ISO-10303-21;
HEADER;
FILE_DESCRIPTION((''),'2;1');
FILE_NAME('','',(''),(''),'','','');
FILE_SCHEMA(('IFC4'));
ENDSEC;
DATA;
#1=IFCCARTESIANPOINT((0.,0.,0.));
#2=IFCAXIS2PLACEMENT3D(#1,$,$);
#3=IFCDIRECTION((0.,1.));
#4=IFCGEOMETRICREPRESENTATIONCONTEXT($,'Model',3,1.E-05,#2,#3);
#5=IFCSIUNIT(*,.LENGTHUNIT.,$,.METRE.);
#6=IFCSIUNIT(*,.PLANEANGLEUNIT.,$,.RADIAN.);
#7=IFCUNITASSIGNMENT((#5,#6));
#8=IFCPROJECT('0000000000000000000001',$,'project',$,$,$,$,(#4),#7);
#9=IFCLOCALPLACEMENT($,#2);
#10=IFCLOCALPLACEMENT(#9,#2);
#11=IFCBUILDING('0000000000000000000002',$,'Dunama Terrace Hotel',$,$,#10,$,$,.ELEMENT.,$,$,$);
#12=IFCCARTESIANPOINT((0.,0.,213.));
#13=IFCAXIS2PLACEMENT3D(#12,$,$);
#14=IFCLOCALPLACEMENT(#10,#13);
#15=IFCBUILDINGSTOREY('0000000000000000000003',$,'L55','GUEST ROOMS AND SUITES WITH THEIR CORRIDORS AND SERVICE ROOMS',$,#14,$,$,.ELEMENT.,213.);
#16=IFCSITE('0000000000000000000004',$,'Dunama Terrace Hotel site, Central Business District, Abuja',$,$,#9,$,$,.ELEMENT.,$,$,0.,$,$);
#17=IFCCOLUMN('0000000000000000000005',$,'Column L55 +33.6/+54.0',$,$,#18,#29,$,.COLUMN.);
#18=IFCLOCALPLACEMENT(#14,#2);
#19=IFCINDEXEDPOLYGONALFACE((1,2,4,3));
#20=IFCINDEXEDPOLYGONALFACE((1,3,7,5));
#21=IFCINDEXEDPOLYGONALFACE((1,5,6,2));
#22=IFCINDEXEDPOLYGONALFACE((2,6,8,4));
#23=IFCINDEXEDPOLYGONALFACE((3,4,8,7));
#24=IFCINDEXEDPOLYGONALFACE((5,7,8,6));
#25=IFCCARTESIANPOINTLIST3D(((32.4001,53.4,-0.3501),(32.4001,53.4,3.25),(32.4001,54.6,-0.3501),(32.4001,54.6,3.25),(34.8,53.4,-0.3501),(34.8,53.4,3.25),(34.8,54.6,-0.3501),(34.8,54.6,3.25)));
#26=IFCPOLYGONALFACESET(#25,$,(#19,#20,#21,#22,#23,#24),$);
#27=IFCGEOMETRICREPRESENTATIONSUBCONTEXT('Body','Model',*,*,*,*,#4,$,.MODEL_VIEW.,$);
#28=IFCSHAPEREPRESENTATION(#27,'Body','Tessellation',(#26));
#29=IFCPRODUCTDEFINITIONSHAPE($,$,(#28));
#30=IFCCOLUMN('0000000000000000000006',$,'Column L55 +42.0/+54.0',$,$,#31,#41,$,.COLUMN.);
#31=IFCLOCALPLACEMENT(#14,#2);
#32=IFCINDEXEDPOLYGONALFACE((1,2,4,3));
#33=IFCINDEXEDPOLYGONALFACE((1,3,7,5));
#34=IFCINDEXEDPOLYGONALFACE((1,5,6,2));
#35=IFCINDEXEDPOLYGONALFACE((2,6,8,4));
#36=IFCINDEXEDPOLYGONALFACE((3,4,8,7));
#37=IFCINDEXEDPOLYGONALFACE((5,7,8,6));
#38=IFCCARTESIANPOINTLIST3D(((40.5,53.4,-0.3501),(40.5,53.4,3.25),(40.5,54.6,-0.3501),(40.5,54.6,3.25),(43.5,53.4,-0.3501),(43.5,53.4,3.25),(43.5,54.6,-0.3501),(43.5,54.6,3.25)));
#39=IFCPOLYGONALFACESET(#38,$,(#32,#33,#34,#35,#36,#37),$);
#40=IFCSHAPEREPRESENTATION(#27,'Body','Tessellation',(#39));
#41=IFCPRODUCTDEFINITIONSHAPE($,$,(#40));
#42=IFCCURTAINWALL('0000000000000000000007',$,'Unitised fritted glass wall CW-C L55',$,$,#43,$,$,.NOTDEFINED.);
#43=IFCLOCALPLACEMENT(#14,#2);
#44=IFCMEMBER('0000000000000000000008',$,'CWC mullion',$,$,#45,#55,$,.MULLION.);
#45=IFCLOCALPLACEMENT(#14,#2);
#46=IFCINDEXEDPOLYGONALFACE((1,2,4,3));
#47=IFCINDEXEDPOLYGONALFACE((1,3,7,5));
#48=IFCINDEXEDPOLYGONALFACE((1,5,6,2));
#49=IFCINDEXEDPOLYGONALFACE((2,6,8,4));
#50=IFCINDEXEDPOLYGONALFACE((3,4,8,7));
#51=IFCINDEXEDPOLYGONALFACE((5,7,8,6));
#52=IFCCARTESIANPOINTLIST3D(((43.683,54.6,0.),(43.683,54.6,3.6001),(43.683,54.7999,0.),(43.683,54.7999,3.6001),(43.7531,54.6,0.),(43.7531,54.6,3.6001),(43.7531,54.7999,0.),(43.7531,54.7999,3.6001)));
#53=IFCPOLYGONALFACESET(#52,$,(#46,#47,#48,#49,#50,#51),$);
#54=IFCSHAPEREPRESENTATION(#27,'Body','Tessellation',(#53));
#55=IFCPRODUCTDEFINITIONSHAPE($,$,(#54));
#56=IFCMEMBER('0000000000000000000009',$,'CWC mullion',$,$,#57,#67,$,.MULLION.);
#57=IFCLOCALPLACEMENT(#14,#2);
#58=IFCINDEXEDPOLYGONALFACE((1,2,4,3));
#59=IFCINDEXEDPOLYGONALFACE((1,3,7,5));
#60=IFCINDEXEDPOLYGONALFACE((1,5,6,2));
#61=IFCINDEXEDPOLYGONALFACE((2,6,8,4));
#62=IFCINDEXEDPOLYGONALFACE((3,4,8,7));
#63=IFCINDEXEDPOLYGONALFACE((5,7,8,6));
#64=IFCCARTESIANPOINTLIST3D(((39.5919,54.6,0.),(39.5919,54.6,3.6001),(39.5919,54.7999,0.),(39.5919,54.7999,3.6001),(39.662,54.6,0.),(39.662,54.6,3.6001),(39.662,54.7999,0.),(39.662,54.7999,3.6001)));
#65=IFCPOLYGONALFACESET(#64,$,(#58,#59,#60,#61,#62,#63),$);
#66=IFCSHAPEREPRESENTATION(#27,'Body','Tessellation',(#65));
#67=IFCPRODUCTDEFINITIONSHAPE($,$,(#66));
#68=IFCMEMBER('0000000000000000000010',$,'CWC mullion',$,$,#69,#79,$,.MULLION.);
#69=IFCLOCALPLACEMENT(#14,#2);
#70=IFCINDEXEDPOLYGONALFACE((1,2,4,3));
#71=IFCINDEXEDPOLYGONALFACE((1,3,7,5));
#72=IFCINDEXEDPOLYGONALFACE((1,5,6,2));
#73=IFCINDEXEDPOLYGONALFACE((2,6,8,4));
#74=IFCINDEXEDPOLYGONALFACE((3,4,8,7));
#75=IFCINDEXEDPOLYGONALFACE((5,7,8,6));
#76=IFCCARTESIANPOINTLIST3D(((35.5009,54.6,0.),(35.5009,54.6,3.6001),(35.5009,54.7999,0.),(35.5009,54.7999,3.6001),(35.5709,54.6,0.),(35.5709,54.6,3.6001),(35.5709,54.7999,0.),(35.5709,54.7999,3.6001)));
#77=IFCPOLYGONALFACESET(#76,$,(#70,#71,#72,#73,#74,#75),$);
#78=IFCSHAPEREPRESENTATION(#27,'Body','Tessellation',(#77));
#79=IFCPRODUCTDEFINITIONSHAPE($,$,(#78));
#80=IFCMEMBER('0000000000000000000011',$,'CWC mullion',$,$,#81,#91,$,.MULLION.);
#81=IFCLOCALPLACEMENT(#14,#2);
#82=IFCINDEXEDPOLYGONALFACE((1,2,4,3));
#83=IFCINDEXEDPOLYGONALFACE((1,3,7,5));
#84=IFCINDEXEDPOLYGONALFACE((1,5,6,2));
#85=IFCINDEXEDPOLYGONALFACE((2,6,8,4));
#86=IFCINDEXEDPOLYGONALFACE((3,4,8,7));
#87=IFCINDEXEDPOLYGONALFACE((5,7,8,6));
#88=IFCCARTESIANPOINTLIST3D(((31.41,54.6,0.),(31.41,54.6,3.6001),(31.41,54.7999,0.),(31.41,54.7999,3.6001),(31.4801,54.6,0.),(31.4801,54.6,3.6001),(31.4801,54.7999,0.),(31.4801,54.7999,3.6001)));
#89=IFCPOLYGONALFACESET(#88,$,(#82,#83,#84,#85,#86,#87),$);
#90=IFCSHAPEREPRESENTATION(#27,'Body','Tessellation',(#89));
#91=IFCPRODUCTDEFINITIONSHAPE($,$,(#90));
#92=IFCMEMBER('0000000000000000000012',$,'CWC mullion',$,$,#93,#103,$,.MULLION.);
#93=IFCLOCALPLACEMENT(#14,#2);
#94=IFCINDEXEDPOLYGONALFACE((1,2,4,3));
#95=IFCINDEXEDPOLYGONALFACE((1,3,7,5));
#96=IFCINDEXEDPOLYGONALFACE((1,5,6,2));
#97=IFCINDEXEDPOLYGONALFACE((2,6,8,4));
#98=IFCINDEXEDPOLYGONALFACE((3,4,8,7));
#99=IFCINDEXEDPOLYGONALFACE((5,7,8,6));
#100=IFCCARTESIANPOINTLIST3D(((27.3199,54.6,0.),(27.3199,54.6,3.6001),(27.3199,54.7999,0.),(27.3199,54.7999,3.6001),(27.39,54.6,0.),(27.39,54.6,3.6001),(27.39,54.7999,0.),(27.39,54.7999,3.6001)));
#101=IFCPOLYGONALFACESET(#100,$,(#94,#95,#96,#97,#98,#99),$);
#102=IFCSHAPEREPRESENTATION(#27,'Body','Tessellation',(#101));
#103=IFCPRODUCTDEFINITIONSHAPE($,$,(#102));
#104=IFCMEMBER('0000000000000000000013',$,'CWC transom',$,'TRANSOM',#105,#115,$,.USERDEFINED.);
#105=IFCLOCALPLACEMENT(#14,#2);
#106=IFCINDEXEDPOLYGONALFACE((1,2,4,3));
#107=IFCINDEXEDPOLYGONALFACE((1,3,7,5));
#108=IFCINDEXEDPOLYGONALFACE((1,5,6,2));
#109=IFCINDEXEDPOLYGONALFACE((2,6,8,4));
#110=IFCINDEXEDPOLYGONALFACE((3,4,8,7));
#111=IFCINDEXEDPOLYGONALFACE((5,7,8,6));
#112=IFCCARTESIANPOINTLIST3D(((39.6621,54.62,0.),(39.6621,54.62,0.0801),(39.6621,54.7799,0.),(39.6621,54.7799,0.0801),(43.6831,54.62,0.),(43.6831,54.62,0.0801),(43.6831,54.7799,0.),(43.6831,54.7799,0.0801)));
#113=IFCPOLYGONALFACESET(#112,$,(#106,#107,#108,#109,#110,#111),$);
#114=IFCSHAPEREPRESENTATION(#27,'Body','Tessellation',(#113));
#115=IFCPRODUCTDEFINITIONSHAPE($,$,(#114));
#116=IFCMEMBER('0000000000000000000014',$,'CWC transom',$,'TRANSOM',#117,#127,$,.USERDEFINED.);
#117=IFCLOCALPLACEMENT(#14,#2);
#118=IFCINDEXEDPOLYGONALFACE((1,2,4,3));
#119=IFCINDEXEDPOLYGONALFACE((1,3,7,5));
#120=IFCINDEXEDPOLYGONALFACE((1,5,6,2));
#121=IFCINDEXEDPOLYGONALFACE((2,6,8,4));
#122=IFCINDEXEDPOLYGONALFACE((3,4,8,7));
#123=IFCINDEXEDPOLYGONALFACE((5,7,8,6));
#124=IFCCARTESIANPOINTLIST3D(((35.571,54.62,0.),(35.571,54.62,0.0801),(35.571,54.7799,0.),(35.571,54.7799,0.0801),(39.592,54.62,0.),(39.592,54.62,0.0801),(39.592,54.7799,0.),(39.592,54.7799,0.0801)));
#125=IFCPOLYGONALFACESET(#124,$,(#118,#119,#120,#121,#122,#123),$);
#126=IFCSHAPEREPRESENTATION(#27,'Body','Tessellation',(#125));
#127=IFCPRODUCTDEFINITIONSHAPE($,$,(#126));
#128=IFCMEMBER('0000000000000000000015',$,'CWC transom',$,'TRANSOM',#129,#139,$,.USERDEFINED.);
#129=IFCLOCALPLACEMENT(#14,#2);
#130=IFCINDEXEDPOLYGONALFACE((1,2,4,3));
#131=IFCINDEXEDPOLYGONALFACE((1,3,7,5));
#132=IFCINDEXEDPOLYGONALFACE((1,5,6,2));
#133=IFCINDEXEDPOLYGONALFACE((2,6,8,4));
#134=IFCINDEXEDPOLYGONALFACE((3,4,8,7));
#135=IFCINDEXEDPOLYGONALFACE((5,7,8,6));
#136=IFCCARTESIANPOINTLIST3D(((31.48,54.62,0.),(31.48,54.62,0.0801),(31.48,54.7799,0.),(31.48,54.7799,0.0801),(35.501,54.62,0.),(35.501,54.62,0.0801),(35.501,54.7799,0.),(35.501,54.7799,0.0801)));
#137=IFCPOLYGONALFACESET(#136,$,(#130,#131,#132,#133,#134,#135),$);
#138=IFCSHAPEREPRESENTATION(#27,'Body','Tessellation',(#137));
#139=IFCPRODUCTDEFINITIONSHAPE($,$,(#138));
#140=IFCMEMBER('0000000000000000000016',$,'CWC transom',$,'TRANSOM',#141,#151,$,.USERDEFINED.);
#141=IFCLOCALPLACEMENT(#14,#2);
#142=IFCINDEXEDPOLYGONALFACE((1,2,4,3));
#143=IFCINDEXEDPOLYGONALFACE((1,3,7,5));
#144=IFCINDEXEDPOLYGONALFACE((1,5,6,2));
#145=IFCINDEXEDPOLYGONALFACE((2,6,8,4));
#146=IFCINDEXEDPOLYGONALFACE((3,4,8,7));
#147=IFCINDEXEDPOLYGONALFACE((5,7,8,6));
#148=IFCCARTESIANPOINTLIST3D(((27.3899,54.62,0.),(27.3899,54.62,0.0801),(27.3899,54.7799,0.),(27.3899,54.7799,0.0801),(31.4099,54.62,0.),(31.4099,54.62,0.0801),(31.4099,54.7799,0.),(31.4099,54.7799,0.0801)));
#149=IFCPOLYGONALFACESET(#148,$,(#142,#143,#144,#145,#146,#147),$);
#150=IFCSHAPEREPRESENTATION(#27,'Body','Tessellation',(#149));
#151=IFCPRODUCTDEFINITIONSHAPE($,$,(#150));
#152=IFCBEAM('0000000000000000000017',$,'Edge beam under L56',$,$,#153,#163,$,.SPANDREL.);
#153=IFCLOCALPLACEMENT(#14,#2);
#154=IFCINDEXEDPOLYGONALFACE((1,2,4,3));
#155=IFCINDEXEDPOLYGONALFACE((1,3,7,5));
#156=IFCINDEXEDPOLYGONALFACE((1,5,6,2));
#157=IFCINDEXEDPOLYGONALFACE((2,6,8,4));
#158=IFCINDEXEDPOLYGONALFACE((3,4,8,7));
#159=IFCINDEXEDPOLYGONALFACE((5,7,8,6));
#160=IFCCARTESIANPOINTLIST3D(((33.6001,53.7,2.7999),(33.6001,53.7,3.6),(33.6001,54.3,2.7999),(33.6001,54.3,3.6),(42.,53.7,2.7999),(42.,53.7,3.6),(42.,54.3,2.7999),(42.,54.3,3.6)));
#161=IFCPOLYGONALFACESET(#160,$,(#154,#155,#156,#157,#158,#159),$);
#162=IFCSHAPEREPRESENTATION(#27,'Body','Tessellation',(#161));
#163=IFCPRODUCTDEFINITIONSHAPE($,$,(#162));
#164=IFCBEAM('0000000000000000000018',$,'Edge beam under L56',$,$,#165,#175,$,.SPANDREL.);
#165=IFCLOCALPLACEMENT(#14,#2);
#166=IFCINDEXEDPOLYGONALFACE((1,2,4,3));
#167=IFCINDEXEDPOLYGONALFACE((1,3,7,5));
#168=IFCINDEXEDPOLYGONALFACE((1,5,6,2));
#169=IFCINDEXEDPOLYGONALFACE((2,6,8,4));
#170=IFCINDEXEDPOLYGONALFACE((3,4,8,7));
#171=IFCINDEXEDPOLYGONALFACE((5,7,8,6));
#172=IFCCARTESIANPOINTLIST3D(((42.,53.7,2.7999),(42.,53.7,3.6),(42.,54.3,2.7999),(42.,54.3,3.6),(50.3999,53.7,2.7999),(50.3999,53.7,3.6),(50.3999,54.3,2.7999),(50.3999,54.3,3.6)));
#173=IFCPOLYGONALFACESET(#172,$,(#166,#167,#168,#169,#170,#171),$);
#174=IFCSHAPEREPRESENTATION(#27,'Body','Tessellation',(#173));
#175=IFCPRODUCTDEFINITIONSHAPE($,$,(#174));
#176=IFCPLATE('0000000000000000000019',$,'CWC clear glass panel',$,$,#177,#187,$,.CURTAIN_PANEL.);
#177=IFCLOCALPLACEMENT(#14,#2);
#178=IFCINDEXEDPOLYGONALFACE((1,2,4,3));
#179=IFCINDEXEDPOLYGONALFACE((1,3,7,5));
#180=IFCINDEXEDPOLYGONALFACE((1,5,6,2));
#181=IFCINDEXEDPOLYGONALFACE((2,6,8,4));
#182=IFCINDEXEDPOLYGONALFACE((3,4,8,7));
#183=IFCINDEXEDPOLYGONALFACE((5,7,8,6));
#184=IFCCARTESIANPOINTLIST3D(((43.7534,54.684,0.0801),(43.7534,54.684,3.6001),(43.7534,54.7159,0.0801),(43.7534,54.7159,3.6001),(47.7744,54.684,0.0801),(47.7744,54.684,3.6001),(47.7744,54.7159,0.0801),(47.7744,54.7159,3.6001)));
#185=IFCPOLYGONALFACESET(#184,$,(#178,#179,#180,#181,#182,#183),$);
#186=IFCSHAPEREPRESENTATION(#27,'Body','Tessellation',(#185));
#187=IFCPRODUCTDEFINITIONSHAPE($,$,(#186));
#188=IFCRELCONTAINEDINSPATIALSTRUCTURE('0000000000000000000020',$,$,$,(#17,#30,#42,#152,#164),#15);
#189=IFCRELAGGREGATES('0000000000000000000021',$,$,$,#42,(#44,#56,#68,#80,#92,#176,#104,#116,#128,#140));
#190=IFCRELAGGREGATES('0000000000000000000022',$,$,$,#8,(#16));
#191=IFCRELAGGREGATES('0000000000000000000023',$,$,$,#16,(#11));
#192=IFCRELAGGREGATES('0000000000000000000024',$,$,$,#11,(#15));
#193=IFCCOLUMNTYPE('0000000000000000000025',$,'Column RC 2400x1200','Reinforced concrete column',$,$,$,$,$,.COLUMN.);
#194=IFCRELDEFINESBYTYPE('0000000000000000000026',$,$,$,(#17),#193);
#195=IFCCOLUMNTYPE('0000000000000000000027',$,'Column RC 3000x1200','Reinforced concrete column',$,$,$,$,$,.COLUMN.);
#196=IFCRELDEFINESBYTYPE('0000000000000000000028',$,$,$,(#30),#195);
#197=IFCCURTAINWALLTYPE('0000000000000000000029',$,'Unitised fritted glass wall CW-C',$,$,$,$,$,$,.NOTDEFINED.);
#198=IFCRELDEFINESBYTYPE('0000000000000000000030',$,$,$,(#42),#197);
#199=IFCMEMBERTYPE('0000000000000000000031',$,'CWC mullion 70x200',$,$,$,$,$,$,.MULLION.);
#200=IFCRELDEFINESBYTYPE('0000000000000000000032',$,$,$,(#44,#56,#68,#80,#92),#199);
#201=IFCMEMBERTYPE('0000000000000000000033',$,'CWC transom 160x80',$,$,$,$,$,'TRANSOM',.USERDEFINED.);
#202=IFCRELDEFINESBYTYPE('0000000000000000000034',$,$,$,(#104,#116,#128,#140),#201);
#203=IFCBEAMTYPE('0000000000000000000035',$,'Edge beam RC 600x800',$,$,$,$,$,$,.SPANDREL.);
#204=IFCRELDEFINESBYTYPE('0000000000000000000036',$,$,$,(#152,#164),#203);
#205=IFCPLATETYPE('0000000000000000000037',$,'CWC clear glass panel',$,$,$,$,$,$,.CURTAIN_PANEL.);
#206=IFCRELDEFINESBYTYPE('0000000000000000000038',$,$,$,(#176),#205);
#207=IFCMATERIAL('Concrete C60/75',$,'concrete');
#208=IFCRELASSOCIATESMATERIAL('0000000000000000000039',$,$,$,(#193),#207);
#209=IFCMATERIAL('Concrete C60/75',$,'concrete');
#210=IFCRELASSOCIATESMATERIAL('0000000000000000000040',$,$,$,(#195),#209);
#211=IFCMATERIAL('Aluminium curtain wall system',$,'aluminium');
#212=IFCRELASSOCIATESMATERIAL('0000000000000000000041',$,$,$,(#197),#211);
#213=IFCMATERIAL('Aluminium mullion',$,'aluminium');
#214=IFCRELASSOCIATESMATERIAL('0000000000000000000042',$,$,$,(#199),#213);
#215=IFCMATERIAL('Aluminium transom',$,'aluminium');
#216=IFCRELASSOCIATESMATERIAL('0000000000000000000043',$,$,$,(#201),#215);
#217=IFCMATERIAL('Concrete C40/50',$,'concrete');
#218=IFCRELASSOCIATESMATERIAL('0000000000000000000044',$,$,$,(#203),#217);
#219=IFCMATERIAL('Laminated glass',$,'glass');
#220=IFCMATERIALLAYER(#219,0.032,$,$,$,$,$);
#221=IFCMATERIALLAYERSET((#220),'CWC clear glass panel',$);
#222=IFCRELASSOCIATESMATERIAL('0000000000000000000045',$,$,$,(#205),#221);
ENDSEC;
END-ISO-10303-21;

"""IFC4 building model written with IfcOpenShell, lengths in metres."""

from ifc_helpers import new_model, si_unit, direction, frame, origin, origin_2d, place, context, subcontext, project, spatial, rectangle, extrude, material, layer, layer_set, material_profile, profile_set, type_object, element, aggregate, save


model = new_model("IFC4")

# Units and contexts
model_context = context("Model", 3, precision=1e-05, world=origin(), true_north=direction((0.0, 1.0)))
body_context = subcontext(model_context, "Body", "Model", "MODEL_VIEW")
ifc_project = project(units=[si_unit("LENGTHUNIT", "METRE"), si_unit("PLANEANGLEUNIT", "RADIAN")], contexts=[model_context])

# Site, building, storey
site_placement = place(None, origin())
site = spatial("IfcSite", under=ifc_project, at=site_placement, Name="Dunama Terrace Hotel site, Central Business District, Abuja", CompositionType="ELEMENT", RefElevation=0.0)
building_placement = place(site_placement, origin())
building = spatial("IfcBuilding", under=site, at=building_placement, Name="Dunama Terrace Hotel", CompositionType="ELEMENT")
storey_placement = place(building_placement, frame((0.0, 0.0, 213.0)))
storey = spatial("IfcBuildingStorey", under=building, at=storey_placement, Name="L55", Description="GUEST ROOMS AND SUITES WITH THEIR CORRIDORS AND SERVICE ROOMS", CompositionType="ELEMENT", Elevation=213.0)

# Columns
ifc_material_1 = material(Name="Concrete C60/75", Category="concrete")
ifc_material_profile_1 = material_profile(ifc_material_1, rectangle(XDim=2.3999, YDim=1.2, at=origin_2d()), Name="RC 2400x1200")
ifc_profile_set_1 = profile_set([ifc_material_profile_1], Name="Concrete C60/75")
column_type_1 = type_object("IfcColumnType", Name="Column RC 2400x1200", Description="Reinforced concrete column", PredefinedType="COLUMN", material=ifc_profile_set_1)
column_1_placement = place(storey_placement, frame((33.6001, 54.0, -0.3501), z_axis=(0.0, 0.0, 1.0), x_axis=(1.0, 0.0, 0.0)))
element("IfcColumn", 1, at=column_1_placement, inside=storey, type_object=column_type_1, Name="Column L55 +33.6/+54.0", PredefinedType="COLUMN", context=body_context, shape_type="SweptSolid", body=[
    extrude(rectangle(XDim=2.3999, YDim=1.2, at=origin_2d()), origin(), (0.0, 0.0, 1.0), 3.6001),
])
ifc_material_2 = material(Name="Concrete C60/75", Category="concrete")
ifc_material_profile_2 = material_profile(ifc_material_2, rectangle(XDim=3.0, YDim=1.2, at=origin_2d()), Name="RC 3000x1200")
ifc_profile_set_2 = profile_set([ifc_material_profile_2], Name="Concrete C60/75")
column_type_2 = type_object("IfcColumnType", Name="Column RC 3000x1200", Description="Reinforced concrete column", PredefinedType="COLUMN", material=ifc_profile_set_2)
column_2_placement = place(storey_placement, frame((42.0, 54.0, -0.3501), z_axis=(0.0, 0.0, 1.0), x_axis=(1.0, 0.0, 0.0)))
element("IfcColumn", 2, at=column_2_placement, inside=storey, type_object=column_type_2, Name="Column L55 +42.0/+54.0", PredefinedType="COLUMN", context=body_context, shape_type="SweptSolid", body=[
    extrude(rectangle(XDim=3.0, YDim=1.2, at=origin_2d()), origin(), (0.0, 0.0, 1.0), 3.6001),
])

# Curtain wall, members
ifc_material_3 = material(Name="Aluminium curtain wall system", Category="aluminium")
curtain_wall_type = type_object("IfcCurtainWallType", Name="Unitised fritted glass wall CW-C", PredefinedType="NOTDEFINED", material=ifc_material_3)
curtain_wall_placement = place(storey_placement, origin())
curtain_wall = element("IfcCurtainWall", 3, at=curtain_wall_placement, inside=storey, type_object=curtain_wall_type, Name="Unitised fritted glass wall CW-C L55", PredefinedType="NOTDEFINED")
ifc_material_4 = material(Name="Aluminium mullion", Category="aluminium")
ifc_material_profile_3 = material_profile(ifc_material_4, rectangle(XDim=0.0701, YDim=0.2, at=origin_2d()), Name="CWC MULLION 70X200")
ifc_profile_set_3 = profile_set([ifc_material_profile_3], Name="Aluminium mullion")
member_type_1 = type_object("IfcMemberType", Name="CWC mullion 70x200", PredefinedType="MULLION", material=ifc_profile_set_3)
member_1_placement = place(storey_placement, frame((43.718, 54.7, 0.0), z_axis=(0.0, 0.0, 1.0), x_axis=(-1.0, 0.0, 0.0)))
member_1 = element("IfcMember", 4, at=member_1_placement, type_object=member_type_1, Name="CWC mullion", PredefinedType="MULLION", context=body_context, shape_type="SweptSolid", body=[
    extrude(rectangle(XDim=0.0701, YDim=0.2, at=origin_2d()), origin(), (0.0, 0.0, 1.0), 3.6001),
])
member_2_placement = place(storey_placement, frame((39.627, 54.7, 0.0), z_axis=(0.0, 0.0, 1.0), x_axis=(-1.0, 0.0, 0.0)))
member_2 = element("IfcMember", 5, at=member_2_placement, type_object=member_type_1, Name="CWC mullion", PredefinedType="MULLION", context=body_context, shape_type="SweptSolid", body=[
    extrude(rectangle(XDim=0.0701, YDim=0.2, at=origin_2d()), origin(), (0.0, 0.0, 1.0), 3.6001),
])
member_3_placement = place(storey_placement, frame((35.5359, 54.7, 0.0), z_axis=(0.0, 0.0, 1.0), x_axis=(-1.0, 0.0, 0.0)))
member_3 = element("IfcMember", 6, at=member_3_placement, type_object=member_type_1, Name="CWC mullion", PredefinedType="MULLION", context=body_context, shape_type="SweptSolid", body=[
    extrude(rectangle(XDim=0.0701, YDim=0.2, at=origin_2d()), origin(), (0.0, 0.0, 1.0), 3.6001),
])
member_4_placement = place(storey_placement, frame((31.4451, 54.7, 0.0), z_axis=(0.0, 0.0, 1.0), x_axis=(-1.0, 0.0, 0.0)))
member_4 = element("IfcMember", 7, at=member_4_placement, type_object=member_type_1, Name="CWC mullion", PredefinedType="MULLION", context=body_context, shape_type="SweptSolid", body=[
    extrude(rectangle(XDim=0.0701, YDim=0.2, at=origin_2d()), origin(), (0.0, 0.0, 1.0), 3.6001),
])
member_5_placement = place(storey_placement, frame((27.355, 54.7, 0.0), z_axis=(0.0, 0.0, 1.0), x_axis=(-1.0, 0.0, 0.0)))
member_5 = element("IfcMember", 8, at=member_5_placement, type_object=member_type_1, Name="CWC mullion", PredefinedType="MULLION", context=body_context, shape_type="SweptSolid", body=[
    extrude(rectangle(XDim=0.0701, YDim=0.2, at=origin_2d()), origin(), (0.0, 0.0, 1.0), 3.6001),
])
ifc_material_5 = material(Name="Aluminium transom", Category="aluminium")
ifc_material_profile_4 = material_profile(ifc_material_5, rectangle(XDim=0.1599, YDim=0.0801, at=origin_2d()), Name="CWC TRANSOM 160X80")
ifc_profile_set_4 = profile_set([ifc_material_profile_4], Name="Aluminium transom")
member_type_2 = type_object("IfcMemberType", Name="CWC transom 160x80", ElementType="TRANSOM", PredefinedType="USERDEFINED", material=ifc_profile_set_4)
member_6_placement = place(storey_placement, frame((43.6831, 54.7, 0.04), z_axis=(-1.0, 0.0, 0.0), x_axis=(0.0, -1.0, 0.0)))
member_6 = element("IfcMember", 9, at=member_6_placement, type_object=member_type_2, Name="CWC transom", ObjectType="TRANSOM", PredefinedType="USERDEFINED", context=body_context, shape_type="SweptSolid", body=[
    extrude(rectangle(XDim=0.1599, YDim=0.0801, at=origin_2d()), origin(), (0.0, 0.0, 1.0), 4.021),
])
member_7_placement = place(storey_placement, frame((39.592, 54.7, 0.04), z_axis=(-1.0, 0.0, 0.0), x_axis=(0.0, -1.0, 0.0)))
member_7 = element("IfcMember", 10, at=member_7_placement, type_object=member_type_2, Name="CWC transom", ObjectType="TRANSOM", PredefinedType="USERDEFINED", context=body_context, shape_type="SweptSolid", body=[
    extrude(rectangle(XDim=0.1599, YDim=0.0801, at=origin_2d()), origin(), (0.0, 0.0, 1.0), 4.021),
])
member_8_placement = place(storey_placement, frame((35.501, 54.7, 0.04), z_axis=(-1.0, 0.0, 0.0), x_axis=(0.0, -1.0, 0.0)))
member_8 = element("IfcMember", 11, at=member_8_placement, type_object=member_type_2, Name="CWC transom", ObjectType="TRANSOM", PredefinedType="USERDEFINED", context=body_context, shape_type="SweptSolid", body=[
    extrude(rectangle(XDim=0.1599, YDim=0.0801, at=origin_2d()), origin(), (0.0, 0.0, 1.0), 4.021),
])
member_9_placement = place(storey_placement, frame((31.4099, 54.7, 0.04), z_axis=(-1.0, 0.0, 0.0), x_axis=(0.0, -1.0, 0.0)))
member_9 = element("IfcMember", 12, at=member_9_placement, type_object=member_type_2, Name="CWC transom", ObjectType="TRANSOM", PredefinedType="USERDEFINED", context=body_context, shape_type="SweptSolid", body=[
    extrude(rectangle(XDim=0.1599, YDim=0.0801, at=origin_2d()), origin(), (0.0, 0.0, 1.0), 4.02),
])

# Beams
ifc_material_6 = material(Name="Concrete C40/50", Category="concrete")
ifc_material_profile_5 = material_profile(ifc_material_6, rectangle(XDim=0.6001, YDim=0.8, at=origin_2d()), Name="RC 600x800")
ifc_profile_set_5 = profile_set([ifc_material_profile_5], Name="Concrete C40/50")
beam_type = type_object("IfcBeamType", Name="Edge beam RC 600x800", PredefinedType="SPANDREL", material=ifc_profile_set_5)
for number, where, z_axis, x_axis, name in (
    (13, (33.6001, 54.0, 3.2), (1.0, 0.0, 0.0), (0.0, 1.0, 0.0), "Edge beam under L56"),
    (14, (42.0, 54.0, 3.2), (1.0, 0.0, 0.0), (0.0, 1.0, 0.0), "Edge beam under L56"),
):
    element("IfcBeam", number, at=place(storey_placement, frame(where, z_axis=z_axis, x_axis=x_axis)), inside=storey, type_object=beam_type, Name=name, PredefinedType="SPANDREL", context=body_context, shape_type="SweptSolid", body=[
        extrude(rectangle(XDim=0.6001, YDim=0.8, at=origin_2d()), origin(), (0.0, 0.0, 1.0), 8.3999),
    ])

# Plate
ifc_material_7 = material(Name="Laminated glass", Category="glass")
ifc_layer_1 = layer(ifc_material_7, 0.032)
ifc_layer_set_1 = layer_set([ifc_layer_1], Name="CWC clear glass panel")
plate_type_1 = type_object("IfcPlateType", Name="CWC clear glass panel", PredefinedType="CURTAIN_PANEL", material=ifc_layer_set_1)
plate_1_placement = place(storey_placement, frame((45.7639, 54.7, 0.0801), z_axis=(0.0, 0.0, 1.0), x_axis=(-1.0, 0.0, 0.0)))
plate_1 = element("IfcPlate", 15, at=plate_1_placement, type_object=plate_type_1, Name="CWC clear glass panel", PredefinedType="CURTAIN_PANEL", context=body_context, shape_type="SweptSolid", body=[
    extrude(rectangle(XDim=4.021, YDim=0.032, at=origin_2d()), origin(), (0.0, 0.0, 1.0), 3.52),
])
aggregate(curtain_wall, [member_1, member_2, member_3, member_4, member_5, plate_1, member_6, member_7, member_8, member_9])

save(model, "model.ifc")
